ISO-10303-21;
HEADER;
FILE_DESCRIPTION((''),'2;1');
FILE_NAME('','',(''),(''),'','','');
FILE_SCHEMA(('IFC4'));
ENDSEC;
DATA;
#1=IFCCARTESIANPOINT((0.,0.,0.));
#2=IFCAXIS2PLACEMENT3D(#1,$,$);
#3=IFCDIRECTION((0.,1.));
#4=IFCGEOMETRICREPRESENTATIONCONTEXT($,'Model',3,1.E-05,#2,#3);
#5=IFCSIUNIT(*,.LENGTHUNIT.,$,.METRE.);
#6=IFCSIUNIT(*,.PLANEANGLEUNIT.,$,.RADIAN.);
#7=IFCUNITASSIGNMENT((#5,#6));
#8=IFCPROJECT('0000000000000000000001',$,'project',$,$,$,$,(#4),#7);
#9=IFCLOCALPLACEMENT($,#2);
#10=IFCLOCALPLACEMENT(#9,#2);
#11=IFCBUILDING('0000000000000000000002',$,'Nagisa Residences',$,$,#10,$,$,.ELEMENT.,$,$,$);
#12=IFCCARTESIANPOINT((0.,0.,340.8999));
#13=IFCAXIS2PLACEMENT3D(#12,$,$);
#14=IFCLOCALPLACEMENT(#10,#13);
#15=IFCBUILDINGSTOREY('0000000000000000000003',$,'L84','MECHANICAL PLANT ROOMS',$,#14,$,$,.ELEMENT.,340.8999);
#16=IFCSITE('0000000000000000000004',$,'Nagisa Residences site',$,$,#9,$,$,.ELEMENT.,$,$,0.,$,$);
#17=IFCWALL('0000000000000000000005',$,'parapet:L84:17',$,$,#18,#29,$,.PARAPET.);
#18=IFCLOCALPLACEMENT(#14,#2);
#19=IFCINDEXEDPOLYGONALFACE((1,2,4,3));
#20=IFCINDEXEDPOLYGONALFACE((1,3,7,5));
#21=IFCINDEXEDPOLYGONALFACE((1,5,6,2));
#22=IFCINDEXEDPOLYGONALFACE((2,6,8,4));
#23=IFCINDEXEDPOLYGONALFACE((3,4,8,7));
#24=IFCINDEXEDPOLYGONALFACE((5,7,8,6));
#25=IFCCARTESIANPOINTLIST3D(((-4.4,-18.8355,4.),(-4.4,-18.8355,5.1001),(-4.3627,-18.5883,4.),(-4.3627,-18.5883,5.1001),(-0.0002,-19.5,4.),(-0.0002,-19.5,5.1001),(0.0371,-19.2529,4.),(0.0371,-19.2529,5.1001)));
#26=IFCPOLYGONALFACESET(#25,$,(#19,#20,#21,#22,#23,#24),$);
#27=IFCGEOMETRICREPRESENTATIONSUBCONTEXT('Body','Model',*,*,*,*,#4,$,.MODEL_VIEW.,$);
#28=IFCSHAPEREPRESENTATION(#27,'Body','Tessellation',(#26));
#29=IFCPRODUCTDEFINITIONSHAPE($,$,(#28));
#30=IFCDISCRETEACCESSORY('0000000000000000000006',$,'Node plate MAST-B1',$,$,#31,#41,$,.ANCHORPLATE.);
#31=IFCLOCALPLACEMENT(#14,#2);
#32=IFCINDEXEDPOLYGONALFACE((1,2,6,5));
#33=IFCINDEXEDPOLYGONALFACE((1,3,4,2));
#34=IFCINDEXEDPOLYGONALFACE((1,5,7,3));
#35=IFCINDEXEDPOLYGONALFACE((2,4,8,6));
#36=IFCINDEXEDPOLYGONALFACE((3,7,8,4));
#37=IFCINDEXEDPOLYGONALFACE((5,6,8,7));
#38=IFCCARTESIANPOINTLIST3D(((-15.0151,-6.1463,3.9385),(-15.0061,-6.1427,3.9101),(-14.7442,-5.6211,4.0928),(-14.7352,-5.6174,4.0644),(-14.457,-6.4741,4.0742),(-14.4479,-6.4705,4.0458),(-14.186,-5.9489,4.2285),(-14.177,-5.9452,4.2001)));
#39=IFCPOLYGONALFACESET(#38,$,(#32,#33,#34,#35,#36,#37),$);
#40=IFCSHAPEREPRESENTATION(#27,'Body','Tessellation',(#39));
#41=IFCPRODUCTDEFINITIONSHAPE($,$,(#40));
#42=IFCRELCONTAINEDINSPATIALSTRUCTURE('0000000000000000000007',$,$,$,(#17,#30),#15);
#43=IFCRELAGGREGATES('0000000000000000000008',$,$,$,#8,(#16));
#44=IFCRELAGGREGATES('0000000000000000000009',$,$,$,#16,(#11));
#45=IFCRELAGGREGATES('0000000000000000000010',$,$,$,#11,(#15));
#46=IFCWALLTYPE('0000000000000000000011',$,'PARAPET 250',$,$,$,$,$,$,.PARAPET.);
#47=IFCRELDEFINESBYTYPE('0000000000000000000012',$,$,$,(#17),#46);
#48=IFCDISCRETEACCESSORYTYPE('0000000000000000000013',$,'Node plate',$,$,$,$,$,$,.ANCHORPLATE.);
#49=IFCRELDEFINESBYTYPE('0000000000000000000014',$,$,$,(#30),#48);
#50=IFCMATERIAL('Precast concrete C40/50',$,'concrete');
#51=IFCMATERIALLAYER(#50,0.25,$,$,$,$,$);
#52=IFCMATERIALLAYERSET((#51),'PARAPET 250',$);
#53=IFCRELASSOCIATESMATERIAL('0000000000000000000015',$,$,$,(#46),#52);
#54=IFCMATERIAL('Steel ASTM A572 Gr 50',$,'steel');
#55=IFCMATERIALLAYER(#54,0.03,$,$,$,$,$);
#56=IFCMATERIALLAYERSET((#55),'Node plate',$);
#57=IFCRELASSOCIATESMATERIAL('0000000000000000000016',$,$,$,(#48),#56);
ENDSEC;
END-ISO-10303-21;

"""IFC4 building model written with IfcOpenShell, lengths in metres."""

from ifc_helpers import new_model, si_unit, direction, frame, frame_2d, origin, origin_2d, place, context, subcontext, project, spatial, rectangle, extrude, material, layer, layer_set, type_object, element, save


model = new_model("IFC4")

# Units and contexts
model_context = context("Model", 3, precision=1e-05, world=origin(), true_north=direction((0.0, 1.0)))
body_context = subcontext(model_context, "Body", "Model", "MODEL_VIEW")
ifc_project = project(units=[si_unit("LENGTHUNIT", "METRE"), si_unit("PLANEANGLEUNIT", "RADIAN")], contexts=[model_context])

# Site, building, storey
site_placement = place(None, origin())
site = spatial("IfcSite", under=ifc_project, at=site_placement, Name="Nagisa Residences site", CompositionType="ELEMENT", RefElevation=0.0)
building_placement = place(site_placement, origin())
building = spatial("IfcBuilding", under=site, at=building_placement, Name="Nagisa Residences", CompositionType="ELEMENT")
storey_placement = place(building_placement, frame((0.0, 0.0, 340.8999)))
storey = spatial("IfcBuildingStorey", under=building, at=storey_placement, Name="L84", Description="MECHANICAL PLANT ROOMS", CompositionType="ELEMENT", Elevation=340.8999)

# Wall
ifc_material_1 = material(Name="Precast concrete C40/50", Category="concrete")
ifc_layer_1 = layer(ifc_material_1, 0.25)
ifc_layer_set_1 = layer_set([ifc_layer_1], Name="PARAPET 250")
wall_type = type_object("IfcWallType", Name="PARAPET 250", PredefinedType="PARAPET", material=ifc_layer_set_1)
wall_1_placement = place(storey_placement, frame((-4.3813, -18.7119, 4.0), z_axis=(0.0, 0.0, 1.0), x_axis=(0.988785, -0.149344, 0.0)))
element("IfcWall", 1, at=wall_1_placement, inside=storey, type_object=wall_type, Name="parapet:L84:17", PredefinedType="PARAPET", context=body_context, shape_type="SweptSolid", body=[
    extrude(rectangle(XDim=4.4497, YDim=0.25, at=frame_2d((2.2249, 0.0))), origin(), (0.0, 0.0, 1.0), 1.1001),
])

# Discrete accessory
ifc_material_2 = material(Name="Steel ASTM A572 Gr 50", Category="steel")
ifc_layer_2 = layer(ifc_material_2, 0.03)
ifc_layer_set_2 = layer_set([ifc_layer_2], Name="Node plate")
discrete_accessory_type = type_object("IfcDiscreteAccessoryType", Name="Node plate", PredefinedType="ANCHORPLATE", material=ifc_layer_set_2)
discrete_accessory_placement = place(storey_placement, frame((-14.6006, -6.0476, 4.0835), z_axis=(0.301601, 0.122271, -0.945561), x_axis=(0.443546, 0.859898, 0.25267)))
element("IfcDiscreteAccessory", 2, at=discrete_accessory_placement, inside=storey, type_object=discrete_accessory_type, Name="Node plate MAST-B1", PredefinedType="ANCHORPLATE", context=body_context, shape_type="SweptSolid", body=[
    extrude(rectangle(XDim=0.6108, YDim=0.6614, at=origin_2d()), origin(), (0.0, 0.0, 1.0), 0.03),
])

save(model, "model.ifc")
